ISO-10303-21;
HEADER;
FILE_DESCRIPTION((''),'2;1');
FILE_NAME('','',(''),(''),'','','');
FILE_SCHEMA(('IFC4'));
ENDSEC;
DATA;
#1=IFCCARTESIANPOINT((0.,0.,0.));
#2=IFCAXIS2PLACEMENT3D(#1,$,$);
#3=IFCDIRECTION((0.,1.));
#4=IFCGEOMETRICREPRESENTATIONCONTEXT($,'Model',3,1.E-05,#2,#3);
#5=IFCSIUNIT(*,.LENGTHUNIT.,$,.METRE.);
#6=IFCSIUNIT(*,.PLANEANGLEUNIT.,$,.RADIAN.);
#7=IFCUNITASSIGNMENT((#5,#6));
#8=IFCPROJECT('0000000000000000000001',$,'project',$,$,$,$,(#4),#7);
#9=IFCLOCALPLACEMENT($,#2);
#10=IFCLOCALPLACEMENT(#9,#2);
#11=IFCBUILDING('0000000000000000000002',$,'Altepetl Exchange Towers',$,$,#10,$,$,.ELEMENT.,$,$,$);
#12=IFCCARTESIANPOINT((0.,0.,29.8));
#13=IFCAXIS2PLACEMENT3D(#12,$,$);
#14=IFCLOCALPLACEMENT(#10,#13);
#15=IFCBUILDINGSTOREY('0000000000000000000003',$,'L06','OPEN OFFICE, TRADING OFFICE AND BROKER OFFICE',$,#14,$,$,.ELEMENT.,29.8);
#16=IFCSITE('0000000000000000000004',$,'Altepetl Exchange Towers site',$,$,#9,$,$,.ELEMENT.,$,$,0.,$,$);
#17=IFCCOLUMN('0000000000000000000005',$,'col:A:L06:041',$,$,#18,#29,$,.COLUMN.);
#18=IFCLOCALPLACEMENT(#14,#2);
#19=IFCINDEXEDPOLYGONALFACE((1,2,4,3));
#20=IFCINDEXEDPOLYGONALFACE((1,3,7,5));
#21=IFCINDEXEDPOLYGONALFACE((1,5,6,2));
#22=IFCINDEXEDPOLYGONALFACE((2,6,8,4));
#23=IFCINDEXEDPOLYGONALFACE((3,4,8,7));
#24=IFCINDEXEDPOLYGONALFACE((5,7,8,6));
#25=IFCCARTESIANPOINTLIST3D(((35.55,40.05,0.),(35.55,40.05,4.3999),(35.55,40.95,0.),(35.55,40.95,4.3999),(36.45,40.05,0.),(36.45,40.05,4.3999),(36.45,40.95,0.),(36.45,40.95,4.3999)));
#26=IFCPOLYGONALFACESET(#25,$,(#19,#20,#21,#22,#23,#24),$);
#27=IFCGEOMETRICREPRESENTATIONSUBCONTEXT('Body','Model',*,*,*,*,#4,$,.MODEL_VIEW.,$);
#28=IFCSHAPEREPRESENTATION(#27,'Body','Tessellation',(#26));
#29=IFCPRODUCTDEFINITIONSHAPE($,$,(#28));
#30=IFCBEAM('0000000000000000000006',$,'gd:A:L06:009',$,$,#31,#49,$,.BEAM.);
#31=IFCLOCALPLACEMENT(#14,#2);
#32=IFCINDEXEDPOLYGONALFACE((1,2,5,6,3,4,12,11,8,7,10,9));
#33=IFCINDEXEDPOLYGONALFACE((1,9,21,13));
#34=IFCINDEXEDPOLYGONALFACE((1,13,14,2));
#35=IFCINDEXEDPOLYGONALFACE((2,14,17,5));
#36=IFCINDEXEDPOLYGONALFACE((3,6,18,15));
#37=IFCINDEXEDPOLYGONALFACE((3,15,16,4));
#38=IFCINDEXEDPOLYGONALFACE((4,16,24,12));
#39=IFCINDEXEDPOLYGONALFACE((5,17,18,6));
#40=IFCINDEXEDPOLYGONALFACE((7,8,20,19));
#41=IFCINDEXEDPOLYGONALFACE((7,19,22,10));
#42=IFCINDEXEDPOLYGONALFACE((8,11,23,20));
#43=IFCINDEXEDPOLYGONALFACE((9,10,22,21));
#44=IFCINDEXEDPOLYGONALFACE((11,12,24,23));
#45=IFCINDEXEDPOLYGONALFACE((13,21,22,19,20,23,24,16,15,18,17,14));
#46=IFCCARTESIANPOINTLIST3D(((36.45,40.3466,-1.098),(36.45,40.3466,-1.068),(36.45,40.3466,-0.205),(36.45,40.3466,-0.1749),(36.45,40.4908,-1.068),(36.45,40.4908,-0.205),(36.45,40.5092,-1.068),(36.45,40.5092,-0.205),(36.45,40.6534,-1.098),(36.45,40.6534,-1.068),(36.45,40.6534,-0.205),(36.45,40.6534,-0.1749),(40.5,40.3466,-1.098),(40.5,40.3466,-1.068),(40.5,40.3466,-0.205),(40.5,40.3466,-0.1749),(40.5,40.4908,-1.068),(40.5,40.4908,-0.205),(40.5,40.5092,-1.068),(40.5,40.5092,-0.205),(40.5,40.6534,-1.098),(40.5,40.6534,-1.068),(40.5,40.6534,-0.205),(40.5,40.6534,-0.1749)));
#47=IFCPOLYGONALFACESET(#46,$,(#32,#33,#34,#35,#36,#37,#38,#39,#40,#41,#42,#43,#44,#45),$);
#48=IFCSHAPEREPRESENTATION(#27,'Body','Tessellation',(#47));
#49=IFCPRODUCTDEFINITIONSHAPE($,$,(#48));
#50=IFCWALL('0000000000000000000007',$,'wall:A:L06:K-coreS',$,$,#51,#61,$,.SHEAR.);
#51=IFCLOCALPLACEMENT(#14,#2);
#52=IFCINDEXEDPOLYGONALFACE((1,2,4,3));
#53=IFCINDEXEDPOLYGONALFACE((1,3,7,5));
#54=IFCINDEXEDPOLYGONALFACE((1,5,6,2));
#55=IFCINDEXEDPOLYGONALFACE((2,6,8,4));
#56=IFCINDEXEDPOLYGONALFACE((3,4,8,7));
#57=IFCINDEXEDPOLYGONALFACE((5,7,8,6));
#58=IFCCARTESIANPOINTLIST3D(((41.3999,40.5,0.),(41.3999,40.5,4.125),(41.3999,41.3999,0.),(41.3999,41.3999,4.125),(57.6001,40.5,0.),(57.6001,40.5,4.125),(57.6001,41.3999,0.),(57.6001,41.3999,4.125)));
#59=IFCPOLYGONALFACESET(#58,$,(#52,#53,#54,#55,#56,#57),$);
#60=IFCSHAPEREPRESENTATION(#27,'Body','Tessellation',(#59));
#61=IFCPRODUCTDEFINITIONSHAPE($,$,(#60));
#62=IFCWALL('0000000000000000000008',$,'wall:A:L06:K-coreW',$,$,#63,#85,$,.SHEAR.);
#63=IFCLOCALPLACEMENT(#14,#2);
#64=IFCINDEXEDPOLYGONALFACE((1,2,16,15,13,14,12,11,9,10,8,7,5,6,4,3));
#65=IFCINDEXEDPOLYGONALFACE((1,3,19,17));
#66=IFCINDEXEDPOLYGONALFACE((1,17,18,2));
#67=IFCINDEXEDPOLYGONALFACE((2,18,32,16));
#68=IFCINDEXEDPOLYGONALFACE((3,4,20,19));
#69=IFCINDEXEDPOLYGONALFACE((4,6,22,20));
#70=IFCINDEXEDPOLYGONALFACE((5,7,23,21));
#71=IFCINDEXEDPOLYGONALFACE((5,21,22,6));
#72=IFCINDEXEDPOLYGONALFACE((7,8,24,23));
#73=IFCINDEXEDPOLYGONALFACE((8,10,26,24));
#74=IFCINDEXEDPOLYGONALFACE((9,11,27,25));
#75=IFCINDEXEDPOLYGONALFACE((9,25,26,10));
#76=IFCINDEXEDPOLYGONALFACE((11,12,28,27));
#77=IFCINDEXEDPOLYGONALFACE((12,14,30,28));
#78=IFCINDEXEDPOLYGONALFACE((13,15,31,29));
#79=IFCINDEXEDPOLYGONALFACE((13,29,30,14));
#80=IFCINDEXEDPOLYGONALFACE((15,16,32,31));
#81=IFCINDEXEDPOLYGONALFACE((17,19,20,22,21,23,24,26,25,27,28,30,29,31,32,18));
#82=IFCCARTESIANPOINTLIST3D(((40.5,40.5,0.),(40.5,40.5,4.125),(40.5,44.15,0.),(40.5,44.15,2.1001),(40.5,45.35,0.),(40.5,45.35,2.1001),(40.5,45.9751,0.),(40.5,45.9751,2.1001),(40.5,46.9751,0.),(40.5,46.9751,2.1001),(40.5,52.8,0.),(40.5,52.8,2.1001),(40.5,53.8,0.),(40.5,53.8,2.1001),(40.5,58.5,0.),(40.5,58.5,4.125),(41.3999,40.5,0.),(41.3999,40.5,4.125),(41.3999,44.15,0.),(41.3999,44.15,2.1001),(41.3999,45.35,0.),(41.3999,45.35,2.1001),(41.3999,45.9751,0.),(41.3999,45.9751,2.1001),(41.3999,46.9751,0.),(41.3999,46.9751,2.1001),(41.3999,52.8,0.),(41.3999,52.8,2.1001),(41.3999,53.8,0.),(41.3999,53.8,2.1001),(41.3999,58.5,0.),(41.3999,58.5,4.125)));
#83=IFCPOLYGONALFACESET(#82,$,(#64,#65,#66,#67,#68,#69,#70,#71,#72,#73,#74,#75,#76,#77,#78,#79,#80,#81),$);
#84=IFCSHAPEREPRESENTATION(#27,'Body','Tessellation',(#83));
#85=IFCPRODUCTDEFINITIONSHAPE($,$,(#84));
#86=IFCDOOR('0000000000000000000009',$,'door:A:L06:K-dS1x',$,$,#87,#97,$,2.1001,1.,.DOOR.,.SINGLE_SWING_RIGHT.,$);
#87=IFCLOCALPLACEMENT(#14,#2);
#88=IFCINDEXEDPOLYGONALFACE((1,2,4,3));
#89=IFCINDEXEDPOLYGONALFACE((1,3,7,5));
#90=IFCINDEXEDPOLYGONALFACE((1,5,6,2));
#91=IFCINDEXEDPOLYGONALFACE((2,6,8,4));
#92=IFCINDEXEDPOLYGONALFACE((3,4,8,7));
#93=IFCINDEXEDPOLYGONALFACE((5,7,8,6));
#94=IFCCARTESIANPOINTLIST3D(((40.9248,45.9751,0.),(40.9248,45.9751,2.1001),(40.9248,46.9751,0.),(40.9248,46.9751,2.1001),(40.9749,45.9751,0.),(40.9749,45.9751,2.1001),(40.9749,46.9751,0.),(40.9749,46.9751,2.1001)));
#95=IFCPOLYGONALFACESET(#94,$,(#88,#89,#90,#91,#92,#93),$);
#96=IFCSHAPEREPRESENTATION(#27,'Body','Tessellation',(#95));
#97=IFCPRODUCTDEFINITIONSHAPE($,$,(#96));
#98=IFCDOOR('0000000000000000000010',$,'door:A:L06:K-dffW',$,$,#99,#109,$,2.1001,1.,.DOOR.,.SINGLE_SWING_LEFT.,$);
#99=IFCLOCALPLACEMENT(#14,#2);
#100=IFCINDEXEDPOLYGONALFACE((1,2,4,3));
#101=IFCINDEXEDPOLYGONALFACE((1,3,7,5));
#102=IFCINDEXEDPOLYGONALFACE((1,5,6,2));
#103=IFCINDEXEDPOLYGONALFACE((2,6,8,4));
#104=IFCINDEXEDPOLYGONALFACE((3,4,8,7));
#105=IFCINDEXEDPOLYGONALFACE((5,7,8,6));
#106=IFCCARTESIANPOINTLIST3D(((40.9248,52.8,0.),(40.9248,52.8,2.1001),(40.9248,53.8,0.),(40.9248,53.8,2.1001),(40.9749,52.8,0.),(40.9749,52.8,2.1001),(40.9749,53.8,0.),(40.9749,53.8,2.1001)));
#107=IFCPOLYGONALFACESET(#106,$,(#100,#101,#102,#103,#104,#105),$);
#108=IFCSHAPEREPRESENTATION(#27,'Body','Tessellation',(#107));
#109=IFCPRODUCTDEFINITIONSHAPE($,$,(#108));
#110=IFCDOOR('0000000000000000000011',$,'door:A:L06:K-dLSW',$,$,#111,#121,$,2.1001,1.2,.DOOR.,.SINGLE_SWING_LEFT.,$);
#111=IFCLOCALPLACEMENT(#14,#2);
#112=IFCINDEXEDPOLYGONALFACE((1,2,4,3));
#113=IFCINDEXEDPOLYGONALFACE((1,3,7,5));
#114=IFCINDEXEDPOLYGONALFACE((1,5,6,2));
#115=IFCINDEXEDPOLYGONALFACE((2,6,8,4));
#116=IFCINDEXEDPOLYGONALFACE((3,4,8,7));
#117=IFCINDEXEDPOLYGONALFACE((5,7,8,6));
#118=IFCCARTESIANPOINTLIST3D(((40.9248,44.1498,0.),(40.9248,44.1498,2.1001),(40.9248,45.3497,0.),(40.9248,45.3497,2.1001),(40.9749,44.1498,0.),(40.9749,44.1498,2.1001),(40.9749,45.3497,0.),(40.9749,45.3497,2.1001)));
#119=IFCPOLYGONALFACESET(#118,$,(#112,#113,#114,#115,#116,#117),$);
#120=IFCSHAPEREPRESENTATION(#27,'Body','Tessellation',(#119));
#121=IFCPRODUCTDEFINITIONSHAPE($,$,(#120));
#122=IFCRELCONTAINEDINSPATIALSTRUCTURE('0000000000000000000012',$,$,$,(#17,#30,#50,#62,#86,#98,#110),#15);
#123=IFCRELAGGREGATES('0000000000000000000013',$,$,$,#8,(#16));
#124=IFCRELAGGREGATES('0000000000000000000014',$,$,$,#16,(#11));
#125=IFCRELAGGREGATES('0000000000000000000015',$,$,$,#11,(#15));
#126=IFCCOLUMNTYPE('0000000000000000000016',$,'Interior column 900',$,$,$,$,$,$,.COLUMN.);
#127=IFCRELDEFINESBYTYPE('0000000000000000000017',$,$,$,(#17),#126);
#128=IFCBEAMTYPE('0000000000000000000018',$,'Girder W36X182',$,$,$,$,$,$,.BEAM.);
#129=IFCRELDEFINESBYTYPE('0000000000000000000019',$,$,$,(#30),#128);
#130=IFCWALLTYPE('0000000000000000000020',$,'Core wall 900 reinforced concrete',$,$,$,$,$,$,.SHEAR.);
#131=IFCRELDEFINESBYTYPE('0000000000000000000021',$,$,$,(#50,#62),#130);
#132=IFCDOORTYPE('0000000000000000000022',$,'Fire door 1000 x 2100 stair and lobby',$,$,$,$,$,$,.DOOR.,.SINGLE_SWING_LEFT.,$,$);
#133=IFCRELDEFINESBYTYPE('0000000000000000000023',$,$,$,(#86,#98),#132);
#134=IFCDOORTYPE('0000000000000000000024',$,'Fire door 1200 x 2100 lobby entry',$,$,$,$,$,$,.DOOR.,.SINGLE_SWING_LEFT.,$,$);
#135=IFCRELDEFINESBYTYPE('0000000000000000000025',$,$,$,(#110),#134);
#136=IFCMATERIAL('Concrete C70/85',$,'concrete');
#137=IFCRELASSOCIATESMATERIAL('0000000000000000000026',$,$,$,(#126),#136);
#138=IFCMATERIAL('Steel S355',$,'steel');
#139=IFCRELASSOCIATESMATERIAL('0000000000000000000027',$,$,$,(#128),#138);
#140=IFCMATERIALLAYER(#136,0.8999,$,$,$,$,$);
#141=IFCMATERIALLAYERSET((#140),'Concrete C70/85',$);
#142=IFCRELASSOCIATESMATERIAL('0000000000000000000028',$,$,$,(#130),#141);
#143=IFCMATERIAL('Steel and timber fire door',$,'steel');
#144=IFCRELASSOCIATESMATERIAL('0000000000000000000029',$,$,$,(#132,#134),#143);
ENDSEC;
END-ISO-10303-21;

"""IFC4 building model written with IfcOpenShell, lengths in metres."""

from ifc_helpers import new_model, si_unit, direction, frame, frame_2d, origin, origin_2d, place, context, subcontext, project, spatial, rectangle, i_section, extrude, material, layer, layer_set, material_profile, profile_set, type_object, element, fill, save


model = new_model("IFC4")

# Units and contexts
model_context = context("Model", 3, precision=1e-05, world=origin(), true_north=direction((0.0, 1.0)))
body_context = subcontext(model_context, "Body", "Model", "MODEL_VIEW")
ifc_project = project(units=[si_unit("LENGTHUNIT", "METRE"), si_unit("PLANEANGLEUNIT", "RADIAN")], contexts=[model_context])

# Site, building, storey
site_placement = place(None, origin())
site = spatial("IfcSite", under=ifc_project, at=site_placement, Name="Altepetl Exchange Towers site", CompositionType="ELEMENT", RefElevation=0.0)
building_placement = place(site_placement, origin())
building = spatial("IfcBuilding", under=site, at=building_placement, Name="Altepetl Exchange Towers", CompositionType="ELEMENT")
storey_placement = place(building_placement, frame((0.0, 0.0, 29.8)))
storey = spatial("IfcBuildingStorey", under=building, at=storey_placement, Name="L06", Description="OPEN OFFICE, TRADING OFFICE AND BROKER OFFICE", CompositionType="ELEMENT", Elevation=29.8)

# Column
ifc_material_1 = material(Name="Concrete C70/85", Category="concrete")
ifc_material_profile_1 = material_profile(ifc_material_1, rectangle(XDim=0.8999, YDim=0.8999, at=origin_2d()), Name="900 x 900")
ifc_profile_set_1 = profile_set([ifc_material_profile_1], Name="Concrete C70/85")
column_type = type_object("IfcColumnType", Name="Interior column 900", PredefinedType="COLUMN", material=ifc_profile_set_1)
column_placement = place(storey_placement, frame((36.0, 40.5, 0.0)))
element("IfcColumn", 1, at=column_placement, inside=storey, type_object=column_type, Name="col:A:L06:041", PredefinedType="COLUMN", context=body_context, shape_type="SweptSolid", body=[
    extrude(rectangle(XDim=0.8999, YDim=0.8999, at=origin_2d()), origin(), (0.0, 0.0, 1.0), 4.3999),
])

# Beam
ifc_material_2 = material(Name="Steel S355", Category="steel")
ifc_material_profile_2 = material_profile(ifc_material_2, i_section(OverallWidth=0.3069, OverallDepth=0.9231, WebThickness=0.0183, FlangeThickness=0.03, at=origin_2d()), Name="W36X182")
ifc_profile_set_2 = profile_set([ifc_material_profile_2], Name="Steel S355")
beam_type = type_object("IfcBeamType", Name="Girder W36X182", PredefinedType="BEAM", material=ifc_profile_set_2)
beam_placement = place(storey_placement, frame((40.5, 40.5, -0.6365), z_axis=(-1.0, 0.0, 0.0), x_axis=(0.0, -1.0, 0.0)))
element("IfcBeam", 2, at=beam_placement, inside=storey, type_object=beam_type, Name="gd:A:L06:009", PredefinedType="BEAM", context=body_context, shape_type="SweptSolid", body=[
    extrude(i_section(OverallWidth=0.3069, OverallDepth=0.9231, WebThickness=0.0183, FlangeThickness=0.03, at=origin_2d()), origin(), (0.0, 0.0, 1.0), 4.05),
])

# Wall
ifc_layer_1 = layer(ifc_material_1, 0.8999)
ifc_layer_set_1 = layer_set([ifc_layer_1], Name="Concrete C70/85")
wall_type_1 = type_object("IfcWallType", Name="Core wall 900 reinforced concrete", PredefinedType="SHEAR", material=ifc_layer_set_1)
wall_1_placement = place(storey_placement, frame((41.3999, 40.95, 0.0)))
element("IfcWall", 3, at=wall_1_placement, inside=storey, type_object=wall_type_1, Name="wall:A:L06:K-coreS", PredefinedType="SHEAR", context=body_context, shape_type="SweptSolid", body=[
    extrude(rectangle(XDim=16.2002, YDim=0.8999, at=frame_2d((8.1001, 0.0))), origin(), (0.0, 0.0, 1.0), 4.125),
])

# Wall, openings, doors
wall_2_placement = place(storey_placement, frame((40.95, 40.5, 0.0), z_axis=(0.0, 0.0, 1.0), x_axis=(0.0, 1.0, 0.0)))
wall_2 = element("IfcWall", 4, at=wall_2_placement, inside=storey, type_object=wall_type_1, Name="wall:A:L06:K-coreW", PredefinedType="SHEAR", context=body_context, shape_type="SweptSolid", body=[
    extrude(rectangle(XDim=18.0, YDim=0.8999, at=frame_2d((9.0, 0.0))), origin(), (0.0, 0.0, 1.0), 4.125),
])
opening_1_placement = place(wall_2_placement, frame((3.6499, 0.0, 0.0)))
opening_1 = element("IfcOpeningElement", 5, at=opening_1_placement, cuts=wall_2, PredefinedType="OPENING", context=body_context, shape_type="SweptSolid", body=[
    extrude(rectangle(XDim=1.2, YDim=2.1001, at=frame_2d((0.6001, 1.05))), frame((0.0, 0.46, 0.0), z_axis=(0.0, -1.0, 0.0), x_axis=(1.0, 0.0, 0.0)), (0.0, 0.0, 1.0), 0.9199),
])
opening_2_placement = place(wall_2_placement, frame((5.4751, 0.0, 0.0)))
opening_2 = element("IfcOpeningElement", 6, at=opening_2_placement, cuts=wall_2, PredefinedType="OPENING", context=body_context, shape_type="SweptSolid", body=[
    extrude(rectangle(XDim=1.0, YDim=2.1001, at=frame_2d((0.5, 1.05))), frame((0.0, 0.46, 0.0), z_axis=(0.0, -1.0, 0.0), x_axis=(1.0, 0.0, 0.0)), (0.0, 0.0, 1.0), 0.9199),
])
opening_3_placement = place(wall_2_placement, frame((12.3, 0.0, 0.0)))
opening_3 = element("IfcOpeningElement", 7, at=opening_3_placement, cuts=wall_2, PredefinedType="OPENING", context=body_context, shape_type="SweptSolid", body=[
    extrude(rectangle(XDim=1.0, YDim=2.1001, at=frame_2d((0.5, 1.05))), frame((0.0, 0.46, 0.0), z_axis=(0.0, -1.0, 0.0), x_axis=(1.0, 0.0, 0.0)), (0.0, 0.0, 1.0), 0.9199),
])
ifc_material_3 = material(Name="Steel and timber fire door", Category="steel")
door_type_1 = type_object("IfcDoorType", Name="Fire door 1000 x 2100 stair and lobby", OperationType="SINGLE_SWING_LEFT", PredefinedType="DOOR", material=ifc_material_3)
door_1_placement = place(opening_2_placement, frame((1.0, 0.0, 0.0), x_axis=(-1.0, 0.0, 0.0)))
door_1 = element("IfcDoor", 8, at=door_1_placement, inside=storey, type_object=door_type_1, Name="door:A:L06:K-dS1x", OperationType="SINGLE_SWING_RIGHT", OverallHeight=2.1001, OverallWidth=1.0, PredefinedType="DOOR", context=body_context, shape_type="SweptSolid", body=[
    extrude(rectangle(XDim=1.0, YDim=2.1001, at=frame_2d((0.5, 1.05))), frame((0.0, 0.0249, 0.0), z_axis=(0.0, -1.0, 0.0), x_axis=(1.0, 0.0, 0.0)), (0.0, 0.0, 1.0), 0.05),
])
fill(opening_2, door_1)
door_2_placement = place(opening_3_placement, frame((1.0, 0.0, 0.0), x_axis=(-1.0, 0.0, 0.0)))
door_2 = element("IfcDoor", 9, at=door_2_placement, inside=storey, type_object=door_type_1, Name="door:A:L06:K-dffW", OperationType="SINGLE_SWING_LEFT", OverallHeight=2.1001, OverallWidth=1.0, PredefinedType="DOOR", context=body_context, shape_type="SweptSolid", body=[
    extrude(rectangle(XDim=1.0, YDim=2.1001, at=frame_2d((0.5, 1.05))), frame((0.0, 0.0249, 0.0), z_axis=(0.0, -1.0, 0.0), x_axis=(1.0, 0.0, 0.0)), (0.0, 0.0, 1.0), 0.05),
])
fill(opening_3, door_2)
door_type_2 = type_object("IfcDoorType", Name="Fire door 1200 x 2100 lobby entry", OperationType="SINGLE_SWING_LEFT", PredefinedType="DOOR", material=ifc_material_3)
door_3_placement = place(opening_1_placement, frame((1.2, 0.0, 0.0), x_axis=(-1.0, 0.0, 0.0)))
door_3 = element("IfcDoor", 10, at=door_3_placement, inside=storey, type_object=door_type_2, Name="door:A:L06:K-dLSW", OperationType="SINGLE_SWING_LEFT", OverallHeight=2.1001, OverallWidth=1.2, PredefinedType="DOOR", context=body_context, shape_type="SweptSolid", body=[
    extrude(rectangle(XDim=1.2, YDim=2.1001, at=frame_2d((0.6001, 1.05))), frame((0.0, 0.0249, 0.0), z_axis=(0.0, -1.0, 0.0), x_axis=(1.0, 0.0, 0.0)), (0.0, 0.0, 1.0), 0.05),
])
fill(opening_1, door_3)

save(model, "model.ifc")
